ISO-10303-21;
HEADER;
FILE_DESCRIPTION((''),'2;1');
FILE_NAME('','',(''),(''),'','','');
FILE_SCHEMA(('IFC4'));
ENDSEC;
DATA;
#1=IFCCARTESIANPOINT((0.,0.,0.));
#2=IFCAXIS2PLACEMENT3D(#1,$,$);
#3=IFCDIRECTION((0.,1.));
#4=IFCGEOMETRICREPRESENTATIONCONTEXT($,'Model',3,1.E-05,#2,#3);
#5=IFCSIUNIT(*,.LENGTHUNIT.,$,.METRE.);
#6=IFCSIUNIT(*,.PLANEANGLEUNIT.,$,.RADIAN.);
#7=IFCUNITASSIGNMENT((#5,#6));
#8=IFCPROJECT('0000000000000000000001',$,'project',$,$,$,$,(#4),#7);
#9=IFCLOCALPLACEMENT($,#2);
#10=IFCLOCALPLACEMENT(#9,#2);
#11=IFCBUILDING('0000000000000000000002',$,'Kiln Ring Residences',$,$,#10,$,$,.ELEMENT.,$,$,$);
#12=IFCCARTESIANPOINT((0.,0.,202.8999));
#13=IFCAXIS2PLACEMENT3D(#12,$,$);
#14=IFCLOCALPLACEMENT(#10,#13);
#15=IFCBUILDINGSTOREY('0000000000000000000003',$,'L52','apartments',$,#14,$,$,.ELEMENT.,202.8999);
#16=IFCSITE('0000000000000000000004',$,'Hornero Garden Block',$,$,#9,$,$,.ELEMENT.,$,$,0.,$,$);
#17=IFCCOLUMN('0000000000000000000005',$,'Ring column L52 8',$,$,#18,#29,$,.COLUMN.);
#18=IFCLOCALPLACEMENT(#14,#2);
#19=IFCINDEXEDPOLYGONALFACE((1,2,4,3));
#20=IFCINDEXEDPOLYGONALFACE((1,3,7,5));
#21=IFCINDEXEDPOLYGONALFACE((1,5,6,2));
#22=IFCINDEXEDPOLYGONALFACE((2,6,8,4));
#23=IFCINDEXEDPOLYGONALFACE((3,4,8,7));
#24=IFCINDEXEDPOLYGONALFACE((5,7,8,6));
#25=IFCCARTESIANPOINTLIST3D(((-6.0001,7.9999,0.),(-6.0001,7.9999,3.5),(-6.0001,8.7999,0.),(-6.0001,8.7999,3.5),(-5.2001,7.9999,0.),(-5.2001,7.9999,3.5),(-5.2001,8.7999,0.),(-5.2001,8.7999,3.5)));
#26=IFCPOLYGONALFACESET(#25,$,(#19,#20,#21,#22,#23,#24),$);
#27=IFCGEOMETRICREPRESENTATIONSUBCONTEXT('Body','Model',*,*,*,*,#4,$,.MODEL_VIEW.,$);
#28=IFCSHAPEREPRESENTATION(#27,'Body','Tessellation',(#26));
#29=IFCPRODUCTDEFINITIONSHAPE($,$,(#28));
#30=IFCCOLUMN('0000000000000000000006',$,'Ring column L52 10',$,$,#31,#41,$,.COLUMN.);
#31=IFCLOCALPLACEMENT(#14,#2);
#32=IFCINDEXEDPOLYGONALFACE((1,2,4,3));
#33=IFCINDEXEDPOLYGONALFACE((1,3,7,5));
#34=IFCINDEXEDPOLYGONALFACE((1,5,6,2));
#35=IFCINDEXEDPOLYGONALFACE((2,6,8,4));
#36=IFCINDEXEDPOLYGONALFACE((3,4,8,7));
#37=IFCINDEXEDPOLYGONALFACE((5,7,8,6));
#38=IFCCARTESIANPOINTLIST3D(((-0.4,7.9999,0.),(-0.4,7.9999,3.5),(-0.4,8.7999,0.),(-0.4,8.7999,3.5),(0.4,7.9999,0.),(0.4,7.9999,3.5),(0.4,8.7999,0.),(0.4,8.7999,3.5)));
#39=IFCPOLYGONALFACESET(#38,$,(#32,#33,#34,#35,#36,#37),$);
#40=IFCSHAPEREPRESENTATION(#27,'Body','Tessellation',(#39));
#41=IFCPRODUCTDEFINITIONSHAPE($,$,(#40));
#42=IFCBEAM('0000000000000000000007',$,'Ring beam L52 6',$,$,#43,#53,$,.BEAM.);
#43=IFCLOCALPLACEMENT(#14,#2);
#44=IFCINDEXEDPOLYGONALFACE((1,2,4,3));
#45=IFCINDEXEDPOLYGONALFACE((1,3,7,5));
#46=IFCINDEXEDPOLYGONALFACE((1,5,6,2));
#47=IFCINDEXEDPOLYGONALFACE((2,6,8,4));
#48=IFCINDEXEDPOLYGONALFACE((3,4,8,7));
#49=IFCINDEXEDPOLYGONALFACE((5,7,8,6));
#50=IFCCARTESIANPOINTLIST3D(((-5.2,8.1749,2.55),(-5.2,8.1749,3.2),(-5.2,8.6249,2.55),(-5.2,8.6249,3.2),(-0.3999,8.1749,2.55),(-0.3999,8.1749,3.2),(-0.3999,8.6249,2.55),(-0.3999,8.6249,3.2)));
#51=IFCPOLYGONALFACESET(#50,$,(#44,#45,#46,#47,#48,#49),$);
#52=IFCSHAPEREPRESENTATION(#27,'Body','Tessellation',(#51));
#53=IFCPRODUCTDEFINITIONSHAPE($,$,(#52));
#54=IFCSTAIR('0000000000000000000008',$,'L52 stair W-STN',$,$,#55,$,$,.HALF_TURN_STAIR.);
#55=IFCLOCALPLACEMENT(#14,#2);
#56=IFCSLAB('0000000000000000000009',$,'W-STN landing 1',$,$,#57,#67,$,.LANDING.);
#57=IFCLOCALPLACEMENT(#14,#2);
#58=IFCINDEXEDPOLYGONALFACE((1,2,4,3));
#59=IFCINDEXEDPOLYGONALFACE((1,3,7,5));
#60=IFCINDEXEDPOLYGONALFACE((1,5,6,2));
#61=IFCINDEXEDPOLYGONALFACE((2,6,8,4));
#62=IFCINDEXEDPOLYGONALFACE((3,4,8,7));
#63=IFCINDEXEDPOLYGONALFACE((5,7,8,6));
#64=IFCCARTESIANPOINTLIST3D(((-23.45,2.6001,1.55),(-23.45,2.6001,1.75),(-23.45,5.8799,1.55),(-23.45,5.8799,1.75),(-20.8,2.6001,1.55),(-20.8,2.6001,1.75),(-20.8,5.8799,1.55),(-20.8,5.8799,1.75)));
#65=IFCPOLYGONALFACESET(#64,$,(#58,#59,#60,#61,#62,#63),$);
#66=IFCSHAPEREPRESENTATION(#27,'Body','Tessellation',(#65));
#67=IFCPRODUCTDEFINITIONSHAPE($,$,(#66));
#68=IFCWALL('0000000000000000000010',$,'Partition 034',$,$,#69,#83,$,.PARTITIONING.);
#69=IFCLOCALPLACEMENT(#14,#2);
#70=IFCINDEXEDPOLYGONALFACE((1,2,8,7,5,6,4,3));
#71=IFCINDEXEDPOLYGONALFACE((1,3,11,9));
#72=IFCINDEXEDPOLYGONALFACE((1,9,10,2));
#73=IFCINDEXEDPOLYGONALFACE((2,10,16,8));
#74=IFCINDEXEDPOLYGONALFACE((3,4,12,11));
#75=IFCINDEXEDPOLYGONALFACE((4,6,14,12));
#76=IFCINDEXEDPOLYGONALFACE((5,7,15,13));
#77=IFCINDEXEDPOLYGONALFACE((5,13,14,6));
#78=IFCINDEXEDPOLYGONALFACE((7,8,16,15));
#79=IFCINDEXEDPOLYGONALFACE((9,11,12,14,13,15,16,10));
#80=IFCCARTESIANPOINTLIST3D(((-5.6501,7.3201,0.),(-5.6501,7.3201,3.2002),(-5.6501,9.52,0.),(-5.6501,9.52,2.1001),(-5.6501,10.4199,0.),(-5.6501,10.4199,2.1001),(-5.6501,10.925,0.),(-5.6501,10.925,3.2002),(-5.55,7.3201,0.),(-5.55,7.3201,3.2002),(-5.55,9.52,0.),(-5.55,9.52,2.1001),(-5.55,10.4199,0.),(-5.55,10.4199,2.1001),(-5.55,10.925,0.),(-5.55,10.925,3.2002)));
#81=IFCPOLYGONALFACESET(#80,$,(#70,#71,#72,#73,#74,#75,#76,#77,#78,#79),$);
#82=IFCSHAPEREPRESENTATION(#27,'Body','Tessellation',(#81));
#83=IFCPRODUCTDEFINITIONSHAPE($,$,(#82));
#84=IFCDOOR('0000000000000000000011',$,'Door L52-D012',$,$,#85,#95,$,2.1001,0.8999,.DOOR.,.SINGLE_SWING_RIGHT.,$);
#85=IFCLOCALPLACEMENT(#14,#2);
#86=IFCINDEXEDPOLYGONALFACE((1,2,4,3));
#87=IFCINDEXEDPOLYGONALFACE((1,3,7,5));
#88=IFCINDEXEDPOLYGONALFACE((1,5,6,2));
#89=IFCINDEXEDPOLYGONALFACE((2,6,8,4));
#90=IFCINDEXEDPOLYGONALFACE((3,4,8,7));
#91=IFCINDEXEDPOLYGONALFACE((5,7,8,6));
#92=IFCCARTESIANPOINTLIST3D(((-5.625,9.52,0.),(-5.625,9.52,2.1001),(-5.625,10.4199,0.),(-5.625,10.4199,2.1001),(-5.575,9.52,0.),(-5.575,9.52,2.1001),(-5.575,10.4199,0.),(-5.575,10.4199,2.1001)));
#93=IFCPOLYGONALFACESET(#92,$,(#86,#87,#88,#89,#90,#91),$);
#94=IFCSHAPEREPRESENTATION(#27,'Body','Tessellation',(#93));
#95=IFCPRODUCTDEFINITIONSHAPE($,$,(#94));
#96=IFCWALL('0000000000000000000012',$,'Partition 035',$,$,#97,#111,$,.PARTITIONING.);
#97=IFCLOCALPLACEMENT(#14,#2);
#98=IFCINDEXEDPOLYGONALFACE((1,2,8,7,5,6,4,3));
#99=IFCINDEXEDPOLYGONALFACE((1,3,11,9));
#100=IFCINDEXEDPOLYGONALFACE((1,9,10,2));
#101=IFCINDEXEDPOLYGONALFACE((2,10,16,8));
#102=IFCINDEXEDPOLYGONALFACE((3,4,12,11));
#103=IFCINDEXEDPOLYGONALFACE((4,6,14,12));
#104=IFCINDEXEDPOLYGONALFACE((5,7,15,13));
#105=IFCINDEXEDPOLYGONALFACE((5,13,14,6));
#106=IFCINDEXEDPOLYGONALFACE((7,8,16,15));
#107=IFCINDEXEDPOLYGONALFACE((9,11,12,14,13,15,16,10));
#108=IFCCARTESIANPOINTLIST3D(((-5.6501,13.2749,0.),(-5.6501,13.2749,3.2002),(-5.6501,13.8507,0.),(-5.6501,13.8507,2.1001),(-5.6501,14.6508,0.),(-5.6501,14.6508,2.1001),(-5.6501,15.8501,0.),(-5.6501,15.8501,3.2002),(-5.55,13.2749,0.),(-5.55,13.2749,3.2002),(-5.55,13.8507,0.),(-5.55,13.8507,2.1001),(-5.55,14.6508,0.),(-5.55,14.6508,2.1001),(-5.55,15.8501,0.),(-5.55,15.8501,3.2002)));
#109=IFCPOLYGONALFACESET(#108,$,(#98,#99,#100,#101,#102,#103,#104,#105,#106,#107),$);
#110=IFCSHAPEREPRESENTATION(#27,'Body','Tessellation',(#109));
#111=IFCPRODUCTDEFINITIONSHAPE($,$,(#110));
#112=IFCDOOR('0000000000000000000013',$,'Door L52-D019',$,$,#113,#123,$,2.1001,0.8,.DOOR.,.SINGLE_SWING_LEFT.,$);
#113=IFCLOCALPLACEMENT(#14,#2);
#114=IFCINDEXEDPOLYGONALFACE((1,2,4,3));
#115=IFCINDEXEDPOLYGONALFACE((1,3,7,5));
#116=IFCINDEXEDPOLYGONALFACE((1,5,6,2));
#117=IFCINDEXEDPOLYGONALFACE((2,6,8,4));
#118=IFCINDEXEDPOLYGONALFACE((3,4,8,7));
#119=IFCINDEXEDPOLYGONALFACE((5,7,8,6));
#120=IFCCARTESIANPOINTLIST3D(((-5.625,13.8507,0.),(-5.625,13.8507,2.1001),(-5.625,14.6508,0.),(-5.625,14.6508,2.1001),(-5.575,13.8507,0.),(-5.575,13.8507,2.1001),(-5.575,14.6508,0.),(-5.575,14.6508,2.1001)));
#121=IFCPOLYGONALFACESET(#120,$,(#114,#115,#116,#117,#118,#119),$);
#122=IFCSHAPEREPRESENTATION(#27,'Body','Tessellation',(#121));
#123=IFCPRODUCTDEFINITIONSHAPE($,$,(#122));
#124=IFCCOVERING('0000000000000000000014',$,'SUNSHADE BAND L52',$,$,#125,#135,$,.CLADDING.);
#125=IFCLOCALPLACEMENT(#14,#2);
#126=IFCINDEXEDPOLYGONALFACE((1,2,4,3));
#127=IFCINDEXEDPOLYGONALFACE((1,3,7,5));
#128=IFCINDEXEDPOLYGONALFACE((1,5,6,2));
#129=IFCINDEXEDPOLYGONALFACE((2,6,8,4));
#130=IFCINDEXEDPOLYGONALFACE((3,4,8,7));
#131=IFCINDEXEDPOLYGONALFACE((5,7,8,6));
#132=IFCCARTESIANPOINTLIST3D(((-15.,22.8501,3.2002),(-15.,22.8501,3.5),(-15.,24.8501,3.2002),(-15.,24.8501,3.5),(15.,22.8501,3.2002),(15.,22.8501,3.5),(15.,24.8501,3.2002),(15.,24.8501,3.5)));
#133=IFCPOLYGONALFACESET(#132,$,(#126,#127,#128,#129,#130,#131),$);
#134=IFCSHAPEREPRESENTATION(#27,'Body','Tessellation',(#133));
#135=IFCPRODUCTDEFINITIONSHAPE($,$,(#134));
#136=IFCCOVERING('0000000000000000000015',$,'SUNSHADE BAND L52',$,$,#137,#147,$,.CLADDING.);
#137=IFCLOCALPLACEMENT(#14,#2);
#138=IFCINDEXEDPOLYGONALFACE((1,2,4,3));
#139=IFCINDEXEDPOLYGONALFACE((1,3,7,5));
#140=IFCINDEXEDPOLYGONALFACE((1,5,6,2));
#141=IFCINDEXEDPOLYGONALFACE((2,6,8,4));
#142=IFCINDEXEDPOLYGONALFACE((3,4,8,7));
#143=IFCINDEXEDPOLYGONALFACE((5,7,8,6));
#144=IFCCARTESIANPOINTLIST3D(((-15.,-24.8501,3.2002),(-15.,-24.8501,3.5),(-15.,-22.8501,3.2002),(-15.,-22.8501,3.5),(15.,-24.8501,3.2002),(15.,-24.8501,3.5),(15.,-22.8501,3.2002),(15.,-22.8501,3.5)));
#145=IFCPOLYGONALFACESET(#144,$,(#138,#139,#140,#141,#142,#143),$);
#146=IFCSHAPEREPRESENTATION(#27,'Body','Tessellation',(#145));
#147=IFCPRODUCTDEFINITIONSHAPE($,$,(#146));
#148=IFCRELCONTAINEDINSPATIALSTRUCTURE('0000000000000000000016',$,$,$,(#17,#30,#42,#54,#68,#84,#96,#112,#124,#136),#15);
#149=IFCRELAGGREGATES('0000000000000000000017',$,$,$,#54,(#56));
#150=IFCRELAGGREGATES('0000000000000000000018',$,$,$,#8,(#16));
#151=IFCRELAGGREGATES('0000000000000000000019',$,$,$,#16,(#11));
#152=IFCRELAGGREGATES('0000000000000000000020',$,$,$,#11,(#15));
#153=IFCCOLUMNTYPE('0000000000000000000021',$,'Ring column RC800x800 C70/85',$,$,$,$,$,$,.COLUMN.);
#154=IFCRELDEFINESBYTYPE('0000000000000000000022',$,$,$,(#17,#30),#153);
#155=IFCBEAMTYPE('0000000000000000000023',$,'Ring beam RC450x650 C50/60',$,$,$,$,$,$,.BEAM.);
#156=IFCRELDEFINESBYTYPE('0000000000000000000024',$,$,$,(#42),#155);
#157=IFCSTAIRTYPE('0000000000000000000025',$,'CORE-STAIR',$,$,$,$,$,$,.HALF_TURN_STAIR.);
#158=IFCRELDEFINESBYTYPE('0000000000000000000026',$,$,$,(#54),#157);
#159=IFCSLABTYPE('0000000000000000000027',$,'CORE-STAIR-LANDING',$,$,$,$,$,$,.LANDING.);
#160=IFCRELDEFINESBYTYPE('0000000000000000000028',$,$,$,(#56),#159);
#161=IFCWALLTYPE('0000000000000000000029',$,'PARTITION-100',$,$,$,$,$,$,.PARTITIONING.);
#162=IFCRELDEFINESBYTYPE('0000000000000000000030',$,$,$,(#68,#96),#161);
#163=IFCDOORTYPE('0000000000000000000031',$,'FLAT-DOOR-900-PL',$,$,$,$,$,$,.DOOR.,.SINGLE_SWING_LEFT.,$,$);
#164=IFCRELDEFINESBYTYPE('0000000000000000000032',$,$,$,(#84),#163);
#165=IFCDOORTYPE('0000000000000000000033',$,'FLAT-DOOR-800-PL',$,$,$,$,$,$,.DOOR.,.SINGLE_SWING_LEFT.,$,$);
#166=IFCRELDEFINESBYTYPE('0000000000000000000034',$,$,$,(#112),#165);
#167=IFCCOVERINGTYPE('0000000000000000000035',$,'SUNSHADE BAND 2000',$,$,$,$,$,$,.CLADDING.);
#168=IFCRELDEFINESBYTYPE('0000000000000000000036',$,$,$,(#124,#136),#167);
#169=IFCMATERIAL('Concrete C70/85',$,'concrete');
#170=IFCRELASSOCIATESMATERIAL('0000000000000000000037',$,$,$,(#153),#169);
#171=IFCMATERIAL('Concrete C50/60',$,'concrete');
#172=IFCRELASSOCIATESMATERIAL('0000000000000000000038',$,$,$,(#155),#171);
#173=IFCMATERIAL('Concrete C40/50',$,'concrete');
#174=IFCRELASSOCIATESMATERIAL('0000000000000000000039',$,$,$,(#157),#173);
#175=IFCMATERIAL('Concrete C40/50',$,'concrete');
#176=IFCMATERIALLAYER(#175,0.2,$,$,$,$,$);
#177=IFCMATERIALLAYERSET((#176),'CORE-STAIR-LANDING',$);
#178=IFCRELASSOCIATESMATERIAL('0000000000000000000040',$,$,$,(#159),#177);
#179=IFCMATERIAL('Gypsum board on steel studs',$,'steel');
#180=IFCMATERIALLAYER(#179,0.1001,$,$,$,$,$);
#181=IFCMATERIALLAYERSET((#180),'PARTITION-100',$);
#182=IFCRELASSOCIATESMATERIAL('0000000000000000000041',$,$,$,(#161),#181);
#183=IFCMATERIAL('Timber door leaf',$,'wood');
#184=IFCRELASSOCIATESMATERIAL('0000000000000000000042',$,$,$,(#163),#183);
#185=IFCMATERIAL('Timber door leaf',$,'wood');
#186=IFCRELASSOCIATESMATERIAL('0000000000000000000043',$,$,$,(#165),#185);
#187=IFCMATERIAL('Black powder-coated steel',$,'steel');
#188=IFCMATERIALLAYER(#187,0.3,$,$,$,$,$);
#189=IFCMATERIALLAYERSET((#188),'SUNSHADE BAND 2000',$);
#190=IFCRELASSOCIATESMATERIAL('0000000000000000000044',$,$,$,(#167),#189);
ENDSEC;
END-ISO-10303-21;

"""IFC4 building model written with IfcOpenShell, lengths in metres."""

from ifc_helpers import new_model, si_unit, direction, frame, frame_2d, origin, origin_2d, place, context, subcontext, project, spatial, polyline, rectangle, outline, extrude, material, layer, layer_set, material_profile, profile_set, type_object, element, fill, aggregate, save


model = new_model("IFC4")

# Units and contexts
model_context = context("Model", 3, precision=1e-05, world=origin(), true_north=direction((0.0, 1.0)))
body_context = subcontext(model_context, "Body", "Model", "MODEL_VIEW")
ifc_project = project(units=[si_unit("LENGTHUNIT", "METRE"), si_unit("PLANEANGLEUNIT", "RADIAN")], contexts=[model_context])

# Site, building, storey
site_placement = place(None, origin())
site = spatial("IfcSite", under=ifc_project, at=site_placement, Name="Hornero Garden Block", CompositionType="ELEMENT", RefElevation=0.0)
building_placement = place(site_placement, origin())
building = spatial("IfcBuilding", under=site, at=building_placement, Name="Kiln Ring Residences", CompositionType="ELEMENT")
storey_placement = place(building_placement, frame((0.0, 0.0, 202.8999)))
storey = spatial("IfcBuildingStorey", under=building, at=storey_placement, Name="L52", Description="apartments", CompositionType="ELEMENT", Elevation=202.8999)

# Columns
ifc_material_1 = material(Name="Concrete C70/85", Category="concrete")
ifc_material_profile_1 = material_profile(ifc_material_1, rectangle(XDim=0.8, YDim=0.8, at=origin_2d()), Name="RC800x800")
ifc_profile_set_1 = profile_set([ifc_material_profile_1], Name="Concrete C70/85")
column_type = type_object("IfcColumnType", Name="Ring column RC800x800 C70/85", PredefinedType="COLUMN", material=ifc_profile_set_1)
for number, where, z_axis, x_axis, name in (
    (1, (-5.6001, 8.3999, 0.0), (0.0, 0.0, 1.0), (1.0, 0.0, 0.0), "Ring column L52 8"),
    (2, (0.0, 8.3999, 0.0), (0.0, 0.0, 1.0), (1.0, 0.0, 0.0), "Ring column L52 10"),
):
    element("IfcColumn", number, at=place(storey_placement, frame(where, z_axis=z_axis, x_axis=x_axis)), inside=storey, type_object=column_type, Name=name, PredefinedType="COLUMN", context=body_context, shape_type="SweptSolid", body=[
        extrude(rectangle(XDim=0.8, YDim=0.8, at=origin_2d()), origin(), (0.0, 0.0, 1.0), 3.5),
    ])

# Beam
ifc_material_2 = material(Name="Concrete C50/60", Category="concrete")
ifc_material_profile_2 = material_profile(ifc_material_2, rectangle(XDim=0.45, YDim=0.6499, at=origin_2d()), Name="RC450x650")
ifc_profile_set_2 = profile_set([ifc_material_profile_2], Name="Concrete C50/60")
beam_type = type_object("IfcBeamType", Name="Ring beam RC450x650 C50/60", PredefinedType="BEAM", material=ifc_profile_set_2)
beam_placement = place(storey_placement, frame((-5.2, 8.3999, 2.875), z_axis=(1.0, 0.0, 0.0), x_axis=(0.0, 1.0, 0.0)))
element("IfcBeam", 3, at=beam_placement, inside=storey, type_object=beam_type, Name="Ring beam L52 6", PredefinedType="BEAM", context=body_context, shape_type="SweptSolid", body=[
    extrude(rectangle(XDim=0.45, YDim=0.6499, at=origin_2d()), origin(), (0.0, 0.0, 1.0), 4.8),
])

# Stair, slab
ifc_material_3 = material(Name="Concrete C40/50", Category="concrete")
stair_type = type_object("IfcStairType", Name="CORE-STAIR", PredefinedType="HALF_TURN_STAIR", material=ifc_material_3)
stair_placement = place(storey_placement, origin())
stair = element("IfcStair", 4, at=stair_placement, inside=storey, type_object=stair_type, Name="L52 stair W-STN", PredefinedType="HALF_TURN_STAIR")
ifc_material_4 = material(Name="Concrete C40/50", Category="concrete")
ifc_layer_1 = layer(ifc_material_4, 0.2)
ifc_layer_set_1 = layer_set([ifc_layer_1], Name="CORE-STAIR-LANDING")
slab_type = type_object("IfcSlabType", Name="CORE-STAIR-LANDING", PredefinedType="LANDING", material=ifc_layer_set_1)
slab_placement = place(storey_placement, frame((0.0, 0.0, 1.55)))
slab = element("IfcSlab", 5, at=slab_placement, type_object=slab_type, Name="W-STN landing 1", PredefinedType="LANDING", context=body_context, shape_type="SweptSolid", body=[
    extrude(outline(polyline([(-23.45, 5.8799), (-23.45, 2.6001), (-20.8, 2.6001), (-20.8, 5.8799), (-23.45, 5.8799)])), origin(), (0.0, 0.0, 1.0), 0.2),
])
aggregate(stair, [slab])

# Walls, openings, doors
ifc_material_5 = material(Name="Gypsum board on steel studs", Category="steel")
ifc_layer_2 = layer(ifc_material_5, 0.1001)
ifc_layer_set_2 = layer_set([ifc_layer_2], Name="PARTITION-100")
wall_type = type_object("IfcWallType", Name="PARTITION-100", PredefinedType="PARTITIONING", material=ifc_layer_set_2)
wall_1_placement = place(storey_placement, frame((-5.6001, 7.3201, 0.0), z_axis=(0.0, 0.0, 1.0), x_axis=(0.0, 1.0, 0.0)))
wall_1 = element("IfcWall", 6, at=wall_1_placement, inside=storey, type_object=wall_type, Name="Partition 034", PredefinedType="PARTITIONING", context=body_context, shape_type="SweptSolid", body=[
    extrude(rectangle(XDim=3.605, YDim=0.1001, at=frame_2d((1.8025, 0.0))), origin(), (0.0, 0.0, 1.0), 3.2002),
])
opening_1_placement = place(wall_1_placement, frame((2.2, 0.0, 0.0)))
opening_1 = element("IfcOpeningElement", 7, at=opening_1_placement, cuts=wall_1, PredefinedType="OPENING", context=body_context, shape_type="SweptSolid", body=[
    extrude(rectangle(XDim=0.8999, YDim=2.1001, at=frame_2d((0.45, 1.05))), frame((0.0, 0.0601, 0.0), z_axis=(0.0, -1.0, 0.0), x_axis=(1.0, 0.0, 0.0)), (0.0, 0.0, 1.0), 0.1201),
])
ifc_material_6 = material(Name="Timber door leaf", Category="wood")
door_type_1 = type_object("IfcDoorType", Name="FLAT-DOOR-900-PL", OperationType="SINGLE_SWING_LEFT", PredefinedType="DOOR", material=ifc_material_6)
door_1_placement = place(opening_1_placement, origin())
door_1 = element("IfcDoor", 8, at=door_1_placement, inside=storey, type_object=door_type_1, Name="Door L52-D012", OperationType="SINGLE_SWING_RIGHT", OverallHeight=2.1001, OverallWidth=0.8999, PredefinedType="DOOR", context=body_context, shape_type="SweptSolid", body=[
    extrude(rectangle(XDim=0.8999, YDim=2.1001, at=frame_2d((0.45, 1.05))), frame((0.0, 0.0249, 0.0), z_axis=(0.0, -1.0, 0.0), x_axis=(1.0, 0.0, 0.0)), (0.0, 0.0, 1.0), 0.05),
])
fill(opening_1, door_1)
wall_2_placement = place(storey_placement, frame((-5.6001, 13.2749, 0.0), z_axis=(0.0, 0.0, 1.0), x_axis=(0.0, 1.0, 0.0)))
wall_2 = element("IfcWall", 9, at=wall_2_placement, inside=storey, type_object=wall_type, Name="Partition 035", PredefinedType="PARTITIONING", context=body_context, shape_type="SweptSolid", body=[
    extrude(rectangle(XDim=2.5752, YDim=0.1001, at=frame_2d((1.2876, 0.0))), origin(), (0.0, 0.0, 1.0), 3.2002),
])
opening_2_placement = place(wall_2_placement, frame((0.5759, 0.0, 0.0)))
opening_2 = element("IfcOpeningElement", 10, at=opening_2_placement, cuts=wall_2, PredefinedType="OPENING", context=body_context, shape_type="SweptSolid", body=[
    extrude(rectangle(XDim=0.8, YDim=2.1001, at=frame_2d((0.3999, 1.05))), frame((0.0, 0.0601, 0.0), z_axis=(0.0, -1.0, 0.0), x_axis=(1.0, 0.0, 0.0)), (0.0, 0.0, 1.0), 0.1201),
])
ifc_material_7 = material(Name="Timber door leaf", Category="wood")
door_type_2 = type_object("IfcDoorType", Name="FLAT-DOOR-800-PL", OperationType="SINGLE_SWING_LEFT", PredefinedType="DOOR", material=ifc_material_7)
door_2_placement = place(opening_2_placement, origin())
door_2 = element("IfcDoor", 11, at=door_2_placement, inside=storey, type_object=door_type_2, Name="Door L52-D019", OperationType="SINGLE_SWING_LEFT", OverallHeight=2.1001, OverallWidth=0.8, PredefinedType="DOOR", context=body_context, shape_type="SweptSolid", body=[
    extrude(rectangle(XDim=0.8, YDim=2.1001, at=frame_2d((0.3999, 1.05))), frame((0.0, 0.0249, 0.0), z_axis=(0.0, -1.0, 0.0), x_axis=(1.0, 0.0, 0.0)), (0.0, 0.0, 1.0), 0.05),
])
fill(opening_2, door_2)

# Coverings
ifc_material_8 = material(Name="Black powder-coated steel", Category="steel")
ifc_layer_3 = layer(ifc_material_8, 0.3)
ifc_layer_set_3 = layer_set([ifc_layer_3], Name="SUNSHADE BAND 2000")
covering_type_1 = type_object("IfcCoveringType", Name="SUNSHADE BAND 2000", PredefinedType="CLADDING", material=ifc_layer_set_3)
placement = place(storey_placement, frame((0.0, 0.0, 3.2002)))
element("IfcCovering", 12, at=placement, inside=storey, type_object=covering_type_1, Name="SUNSHADE BAND L52", PredefinedType="CLADDING", context=body_context, shape_type="SweptSolid", body=[
    extrude(outline(polyline([(15.0, 24.8501), (-15.0, 24.8501), (-15.0, 22.8501), (15.0, 22.8501), (15.0, 24.8501)])), origin(), (0.0, 0.0, 1.0), 0.2998),
])
element("IfcCovering", 13, at=placement, inside=storey, type_object=covering_type_1, Name="SUNSHADE BAND L52", PredefinedType="CLADDING", context=body_context, shape_type="SweptSolid", body=[
    extrude(outline(polyline([(-15.0, -24.8501), (15.0, -24.8501), (15.0, -22.8501), (-15.0, -22.8501), (-15.0, -24.8501)])), origin(), (0.0, 0.0, 1.0), 0.2998),
])

save(model, "model.ifc")
